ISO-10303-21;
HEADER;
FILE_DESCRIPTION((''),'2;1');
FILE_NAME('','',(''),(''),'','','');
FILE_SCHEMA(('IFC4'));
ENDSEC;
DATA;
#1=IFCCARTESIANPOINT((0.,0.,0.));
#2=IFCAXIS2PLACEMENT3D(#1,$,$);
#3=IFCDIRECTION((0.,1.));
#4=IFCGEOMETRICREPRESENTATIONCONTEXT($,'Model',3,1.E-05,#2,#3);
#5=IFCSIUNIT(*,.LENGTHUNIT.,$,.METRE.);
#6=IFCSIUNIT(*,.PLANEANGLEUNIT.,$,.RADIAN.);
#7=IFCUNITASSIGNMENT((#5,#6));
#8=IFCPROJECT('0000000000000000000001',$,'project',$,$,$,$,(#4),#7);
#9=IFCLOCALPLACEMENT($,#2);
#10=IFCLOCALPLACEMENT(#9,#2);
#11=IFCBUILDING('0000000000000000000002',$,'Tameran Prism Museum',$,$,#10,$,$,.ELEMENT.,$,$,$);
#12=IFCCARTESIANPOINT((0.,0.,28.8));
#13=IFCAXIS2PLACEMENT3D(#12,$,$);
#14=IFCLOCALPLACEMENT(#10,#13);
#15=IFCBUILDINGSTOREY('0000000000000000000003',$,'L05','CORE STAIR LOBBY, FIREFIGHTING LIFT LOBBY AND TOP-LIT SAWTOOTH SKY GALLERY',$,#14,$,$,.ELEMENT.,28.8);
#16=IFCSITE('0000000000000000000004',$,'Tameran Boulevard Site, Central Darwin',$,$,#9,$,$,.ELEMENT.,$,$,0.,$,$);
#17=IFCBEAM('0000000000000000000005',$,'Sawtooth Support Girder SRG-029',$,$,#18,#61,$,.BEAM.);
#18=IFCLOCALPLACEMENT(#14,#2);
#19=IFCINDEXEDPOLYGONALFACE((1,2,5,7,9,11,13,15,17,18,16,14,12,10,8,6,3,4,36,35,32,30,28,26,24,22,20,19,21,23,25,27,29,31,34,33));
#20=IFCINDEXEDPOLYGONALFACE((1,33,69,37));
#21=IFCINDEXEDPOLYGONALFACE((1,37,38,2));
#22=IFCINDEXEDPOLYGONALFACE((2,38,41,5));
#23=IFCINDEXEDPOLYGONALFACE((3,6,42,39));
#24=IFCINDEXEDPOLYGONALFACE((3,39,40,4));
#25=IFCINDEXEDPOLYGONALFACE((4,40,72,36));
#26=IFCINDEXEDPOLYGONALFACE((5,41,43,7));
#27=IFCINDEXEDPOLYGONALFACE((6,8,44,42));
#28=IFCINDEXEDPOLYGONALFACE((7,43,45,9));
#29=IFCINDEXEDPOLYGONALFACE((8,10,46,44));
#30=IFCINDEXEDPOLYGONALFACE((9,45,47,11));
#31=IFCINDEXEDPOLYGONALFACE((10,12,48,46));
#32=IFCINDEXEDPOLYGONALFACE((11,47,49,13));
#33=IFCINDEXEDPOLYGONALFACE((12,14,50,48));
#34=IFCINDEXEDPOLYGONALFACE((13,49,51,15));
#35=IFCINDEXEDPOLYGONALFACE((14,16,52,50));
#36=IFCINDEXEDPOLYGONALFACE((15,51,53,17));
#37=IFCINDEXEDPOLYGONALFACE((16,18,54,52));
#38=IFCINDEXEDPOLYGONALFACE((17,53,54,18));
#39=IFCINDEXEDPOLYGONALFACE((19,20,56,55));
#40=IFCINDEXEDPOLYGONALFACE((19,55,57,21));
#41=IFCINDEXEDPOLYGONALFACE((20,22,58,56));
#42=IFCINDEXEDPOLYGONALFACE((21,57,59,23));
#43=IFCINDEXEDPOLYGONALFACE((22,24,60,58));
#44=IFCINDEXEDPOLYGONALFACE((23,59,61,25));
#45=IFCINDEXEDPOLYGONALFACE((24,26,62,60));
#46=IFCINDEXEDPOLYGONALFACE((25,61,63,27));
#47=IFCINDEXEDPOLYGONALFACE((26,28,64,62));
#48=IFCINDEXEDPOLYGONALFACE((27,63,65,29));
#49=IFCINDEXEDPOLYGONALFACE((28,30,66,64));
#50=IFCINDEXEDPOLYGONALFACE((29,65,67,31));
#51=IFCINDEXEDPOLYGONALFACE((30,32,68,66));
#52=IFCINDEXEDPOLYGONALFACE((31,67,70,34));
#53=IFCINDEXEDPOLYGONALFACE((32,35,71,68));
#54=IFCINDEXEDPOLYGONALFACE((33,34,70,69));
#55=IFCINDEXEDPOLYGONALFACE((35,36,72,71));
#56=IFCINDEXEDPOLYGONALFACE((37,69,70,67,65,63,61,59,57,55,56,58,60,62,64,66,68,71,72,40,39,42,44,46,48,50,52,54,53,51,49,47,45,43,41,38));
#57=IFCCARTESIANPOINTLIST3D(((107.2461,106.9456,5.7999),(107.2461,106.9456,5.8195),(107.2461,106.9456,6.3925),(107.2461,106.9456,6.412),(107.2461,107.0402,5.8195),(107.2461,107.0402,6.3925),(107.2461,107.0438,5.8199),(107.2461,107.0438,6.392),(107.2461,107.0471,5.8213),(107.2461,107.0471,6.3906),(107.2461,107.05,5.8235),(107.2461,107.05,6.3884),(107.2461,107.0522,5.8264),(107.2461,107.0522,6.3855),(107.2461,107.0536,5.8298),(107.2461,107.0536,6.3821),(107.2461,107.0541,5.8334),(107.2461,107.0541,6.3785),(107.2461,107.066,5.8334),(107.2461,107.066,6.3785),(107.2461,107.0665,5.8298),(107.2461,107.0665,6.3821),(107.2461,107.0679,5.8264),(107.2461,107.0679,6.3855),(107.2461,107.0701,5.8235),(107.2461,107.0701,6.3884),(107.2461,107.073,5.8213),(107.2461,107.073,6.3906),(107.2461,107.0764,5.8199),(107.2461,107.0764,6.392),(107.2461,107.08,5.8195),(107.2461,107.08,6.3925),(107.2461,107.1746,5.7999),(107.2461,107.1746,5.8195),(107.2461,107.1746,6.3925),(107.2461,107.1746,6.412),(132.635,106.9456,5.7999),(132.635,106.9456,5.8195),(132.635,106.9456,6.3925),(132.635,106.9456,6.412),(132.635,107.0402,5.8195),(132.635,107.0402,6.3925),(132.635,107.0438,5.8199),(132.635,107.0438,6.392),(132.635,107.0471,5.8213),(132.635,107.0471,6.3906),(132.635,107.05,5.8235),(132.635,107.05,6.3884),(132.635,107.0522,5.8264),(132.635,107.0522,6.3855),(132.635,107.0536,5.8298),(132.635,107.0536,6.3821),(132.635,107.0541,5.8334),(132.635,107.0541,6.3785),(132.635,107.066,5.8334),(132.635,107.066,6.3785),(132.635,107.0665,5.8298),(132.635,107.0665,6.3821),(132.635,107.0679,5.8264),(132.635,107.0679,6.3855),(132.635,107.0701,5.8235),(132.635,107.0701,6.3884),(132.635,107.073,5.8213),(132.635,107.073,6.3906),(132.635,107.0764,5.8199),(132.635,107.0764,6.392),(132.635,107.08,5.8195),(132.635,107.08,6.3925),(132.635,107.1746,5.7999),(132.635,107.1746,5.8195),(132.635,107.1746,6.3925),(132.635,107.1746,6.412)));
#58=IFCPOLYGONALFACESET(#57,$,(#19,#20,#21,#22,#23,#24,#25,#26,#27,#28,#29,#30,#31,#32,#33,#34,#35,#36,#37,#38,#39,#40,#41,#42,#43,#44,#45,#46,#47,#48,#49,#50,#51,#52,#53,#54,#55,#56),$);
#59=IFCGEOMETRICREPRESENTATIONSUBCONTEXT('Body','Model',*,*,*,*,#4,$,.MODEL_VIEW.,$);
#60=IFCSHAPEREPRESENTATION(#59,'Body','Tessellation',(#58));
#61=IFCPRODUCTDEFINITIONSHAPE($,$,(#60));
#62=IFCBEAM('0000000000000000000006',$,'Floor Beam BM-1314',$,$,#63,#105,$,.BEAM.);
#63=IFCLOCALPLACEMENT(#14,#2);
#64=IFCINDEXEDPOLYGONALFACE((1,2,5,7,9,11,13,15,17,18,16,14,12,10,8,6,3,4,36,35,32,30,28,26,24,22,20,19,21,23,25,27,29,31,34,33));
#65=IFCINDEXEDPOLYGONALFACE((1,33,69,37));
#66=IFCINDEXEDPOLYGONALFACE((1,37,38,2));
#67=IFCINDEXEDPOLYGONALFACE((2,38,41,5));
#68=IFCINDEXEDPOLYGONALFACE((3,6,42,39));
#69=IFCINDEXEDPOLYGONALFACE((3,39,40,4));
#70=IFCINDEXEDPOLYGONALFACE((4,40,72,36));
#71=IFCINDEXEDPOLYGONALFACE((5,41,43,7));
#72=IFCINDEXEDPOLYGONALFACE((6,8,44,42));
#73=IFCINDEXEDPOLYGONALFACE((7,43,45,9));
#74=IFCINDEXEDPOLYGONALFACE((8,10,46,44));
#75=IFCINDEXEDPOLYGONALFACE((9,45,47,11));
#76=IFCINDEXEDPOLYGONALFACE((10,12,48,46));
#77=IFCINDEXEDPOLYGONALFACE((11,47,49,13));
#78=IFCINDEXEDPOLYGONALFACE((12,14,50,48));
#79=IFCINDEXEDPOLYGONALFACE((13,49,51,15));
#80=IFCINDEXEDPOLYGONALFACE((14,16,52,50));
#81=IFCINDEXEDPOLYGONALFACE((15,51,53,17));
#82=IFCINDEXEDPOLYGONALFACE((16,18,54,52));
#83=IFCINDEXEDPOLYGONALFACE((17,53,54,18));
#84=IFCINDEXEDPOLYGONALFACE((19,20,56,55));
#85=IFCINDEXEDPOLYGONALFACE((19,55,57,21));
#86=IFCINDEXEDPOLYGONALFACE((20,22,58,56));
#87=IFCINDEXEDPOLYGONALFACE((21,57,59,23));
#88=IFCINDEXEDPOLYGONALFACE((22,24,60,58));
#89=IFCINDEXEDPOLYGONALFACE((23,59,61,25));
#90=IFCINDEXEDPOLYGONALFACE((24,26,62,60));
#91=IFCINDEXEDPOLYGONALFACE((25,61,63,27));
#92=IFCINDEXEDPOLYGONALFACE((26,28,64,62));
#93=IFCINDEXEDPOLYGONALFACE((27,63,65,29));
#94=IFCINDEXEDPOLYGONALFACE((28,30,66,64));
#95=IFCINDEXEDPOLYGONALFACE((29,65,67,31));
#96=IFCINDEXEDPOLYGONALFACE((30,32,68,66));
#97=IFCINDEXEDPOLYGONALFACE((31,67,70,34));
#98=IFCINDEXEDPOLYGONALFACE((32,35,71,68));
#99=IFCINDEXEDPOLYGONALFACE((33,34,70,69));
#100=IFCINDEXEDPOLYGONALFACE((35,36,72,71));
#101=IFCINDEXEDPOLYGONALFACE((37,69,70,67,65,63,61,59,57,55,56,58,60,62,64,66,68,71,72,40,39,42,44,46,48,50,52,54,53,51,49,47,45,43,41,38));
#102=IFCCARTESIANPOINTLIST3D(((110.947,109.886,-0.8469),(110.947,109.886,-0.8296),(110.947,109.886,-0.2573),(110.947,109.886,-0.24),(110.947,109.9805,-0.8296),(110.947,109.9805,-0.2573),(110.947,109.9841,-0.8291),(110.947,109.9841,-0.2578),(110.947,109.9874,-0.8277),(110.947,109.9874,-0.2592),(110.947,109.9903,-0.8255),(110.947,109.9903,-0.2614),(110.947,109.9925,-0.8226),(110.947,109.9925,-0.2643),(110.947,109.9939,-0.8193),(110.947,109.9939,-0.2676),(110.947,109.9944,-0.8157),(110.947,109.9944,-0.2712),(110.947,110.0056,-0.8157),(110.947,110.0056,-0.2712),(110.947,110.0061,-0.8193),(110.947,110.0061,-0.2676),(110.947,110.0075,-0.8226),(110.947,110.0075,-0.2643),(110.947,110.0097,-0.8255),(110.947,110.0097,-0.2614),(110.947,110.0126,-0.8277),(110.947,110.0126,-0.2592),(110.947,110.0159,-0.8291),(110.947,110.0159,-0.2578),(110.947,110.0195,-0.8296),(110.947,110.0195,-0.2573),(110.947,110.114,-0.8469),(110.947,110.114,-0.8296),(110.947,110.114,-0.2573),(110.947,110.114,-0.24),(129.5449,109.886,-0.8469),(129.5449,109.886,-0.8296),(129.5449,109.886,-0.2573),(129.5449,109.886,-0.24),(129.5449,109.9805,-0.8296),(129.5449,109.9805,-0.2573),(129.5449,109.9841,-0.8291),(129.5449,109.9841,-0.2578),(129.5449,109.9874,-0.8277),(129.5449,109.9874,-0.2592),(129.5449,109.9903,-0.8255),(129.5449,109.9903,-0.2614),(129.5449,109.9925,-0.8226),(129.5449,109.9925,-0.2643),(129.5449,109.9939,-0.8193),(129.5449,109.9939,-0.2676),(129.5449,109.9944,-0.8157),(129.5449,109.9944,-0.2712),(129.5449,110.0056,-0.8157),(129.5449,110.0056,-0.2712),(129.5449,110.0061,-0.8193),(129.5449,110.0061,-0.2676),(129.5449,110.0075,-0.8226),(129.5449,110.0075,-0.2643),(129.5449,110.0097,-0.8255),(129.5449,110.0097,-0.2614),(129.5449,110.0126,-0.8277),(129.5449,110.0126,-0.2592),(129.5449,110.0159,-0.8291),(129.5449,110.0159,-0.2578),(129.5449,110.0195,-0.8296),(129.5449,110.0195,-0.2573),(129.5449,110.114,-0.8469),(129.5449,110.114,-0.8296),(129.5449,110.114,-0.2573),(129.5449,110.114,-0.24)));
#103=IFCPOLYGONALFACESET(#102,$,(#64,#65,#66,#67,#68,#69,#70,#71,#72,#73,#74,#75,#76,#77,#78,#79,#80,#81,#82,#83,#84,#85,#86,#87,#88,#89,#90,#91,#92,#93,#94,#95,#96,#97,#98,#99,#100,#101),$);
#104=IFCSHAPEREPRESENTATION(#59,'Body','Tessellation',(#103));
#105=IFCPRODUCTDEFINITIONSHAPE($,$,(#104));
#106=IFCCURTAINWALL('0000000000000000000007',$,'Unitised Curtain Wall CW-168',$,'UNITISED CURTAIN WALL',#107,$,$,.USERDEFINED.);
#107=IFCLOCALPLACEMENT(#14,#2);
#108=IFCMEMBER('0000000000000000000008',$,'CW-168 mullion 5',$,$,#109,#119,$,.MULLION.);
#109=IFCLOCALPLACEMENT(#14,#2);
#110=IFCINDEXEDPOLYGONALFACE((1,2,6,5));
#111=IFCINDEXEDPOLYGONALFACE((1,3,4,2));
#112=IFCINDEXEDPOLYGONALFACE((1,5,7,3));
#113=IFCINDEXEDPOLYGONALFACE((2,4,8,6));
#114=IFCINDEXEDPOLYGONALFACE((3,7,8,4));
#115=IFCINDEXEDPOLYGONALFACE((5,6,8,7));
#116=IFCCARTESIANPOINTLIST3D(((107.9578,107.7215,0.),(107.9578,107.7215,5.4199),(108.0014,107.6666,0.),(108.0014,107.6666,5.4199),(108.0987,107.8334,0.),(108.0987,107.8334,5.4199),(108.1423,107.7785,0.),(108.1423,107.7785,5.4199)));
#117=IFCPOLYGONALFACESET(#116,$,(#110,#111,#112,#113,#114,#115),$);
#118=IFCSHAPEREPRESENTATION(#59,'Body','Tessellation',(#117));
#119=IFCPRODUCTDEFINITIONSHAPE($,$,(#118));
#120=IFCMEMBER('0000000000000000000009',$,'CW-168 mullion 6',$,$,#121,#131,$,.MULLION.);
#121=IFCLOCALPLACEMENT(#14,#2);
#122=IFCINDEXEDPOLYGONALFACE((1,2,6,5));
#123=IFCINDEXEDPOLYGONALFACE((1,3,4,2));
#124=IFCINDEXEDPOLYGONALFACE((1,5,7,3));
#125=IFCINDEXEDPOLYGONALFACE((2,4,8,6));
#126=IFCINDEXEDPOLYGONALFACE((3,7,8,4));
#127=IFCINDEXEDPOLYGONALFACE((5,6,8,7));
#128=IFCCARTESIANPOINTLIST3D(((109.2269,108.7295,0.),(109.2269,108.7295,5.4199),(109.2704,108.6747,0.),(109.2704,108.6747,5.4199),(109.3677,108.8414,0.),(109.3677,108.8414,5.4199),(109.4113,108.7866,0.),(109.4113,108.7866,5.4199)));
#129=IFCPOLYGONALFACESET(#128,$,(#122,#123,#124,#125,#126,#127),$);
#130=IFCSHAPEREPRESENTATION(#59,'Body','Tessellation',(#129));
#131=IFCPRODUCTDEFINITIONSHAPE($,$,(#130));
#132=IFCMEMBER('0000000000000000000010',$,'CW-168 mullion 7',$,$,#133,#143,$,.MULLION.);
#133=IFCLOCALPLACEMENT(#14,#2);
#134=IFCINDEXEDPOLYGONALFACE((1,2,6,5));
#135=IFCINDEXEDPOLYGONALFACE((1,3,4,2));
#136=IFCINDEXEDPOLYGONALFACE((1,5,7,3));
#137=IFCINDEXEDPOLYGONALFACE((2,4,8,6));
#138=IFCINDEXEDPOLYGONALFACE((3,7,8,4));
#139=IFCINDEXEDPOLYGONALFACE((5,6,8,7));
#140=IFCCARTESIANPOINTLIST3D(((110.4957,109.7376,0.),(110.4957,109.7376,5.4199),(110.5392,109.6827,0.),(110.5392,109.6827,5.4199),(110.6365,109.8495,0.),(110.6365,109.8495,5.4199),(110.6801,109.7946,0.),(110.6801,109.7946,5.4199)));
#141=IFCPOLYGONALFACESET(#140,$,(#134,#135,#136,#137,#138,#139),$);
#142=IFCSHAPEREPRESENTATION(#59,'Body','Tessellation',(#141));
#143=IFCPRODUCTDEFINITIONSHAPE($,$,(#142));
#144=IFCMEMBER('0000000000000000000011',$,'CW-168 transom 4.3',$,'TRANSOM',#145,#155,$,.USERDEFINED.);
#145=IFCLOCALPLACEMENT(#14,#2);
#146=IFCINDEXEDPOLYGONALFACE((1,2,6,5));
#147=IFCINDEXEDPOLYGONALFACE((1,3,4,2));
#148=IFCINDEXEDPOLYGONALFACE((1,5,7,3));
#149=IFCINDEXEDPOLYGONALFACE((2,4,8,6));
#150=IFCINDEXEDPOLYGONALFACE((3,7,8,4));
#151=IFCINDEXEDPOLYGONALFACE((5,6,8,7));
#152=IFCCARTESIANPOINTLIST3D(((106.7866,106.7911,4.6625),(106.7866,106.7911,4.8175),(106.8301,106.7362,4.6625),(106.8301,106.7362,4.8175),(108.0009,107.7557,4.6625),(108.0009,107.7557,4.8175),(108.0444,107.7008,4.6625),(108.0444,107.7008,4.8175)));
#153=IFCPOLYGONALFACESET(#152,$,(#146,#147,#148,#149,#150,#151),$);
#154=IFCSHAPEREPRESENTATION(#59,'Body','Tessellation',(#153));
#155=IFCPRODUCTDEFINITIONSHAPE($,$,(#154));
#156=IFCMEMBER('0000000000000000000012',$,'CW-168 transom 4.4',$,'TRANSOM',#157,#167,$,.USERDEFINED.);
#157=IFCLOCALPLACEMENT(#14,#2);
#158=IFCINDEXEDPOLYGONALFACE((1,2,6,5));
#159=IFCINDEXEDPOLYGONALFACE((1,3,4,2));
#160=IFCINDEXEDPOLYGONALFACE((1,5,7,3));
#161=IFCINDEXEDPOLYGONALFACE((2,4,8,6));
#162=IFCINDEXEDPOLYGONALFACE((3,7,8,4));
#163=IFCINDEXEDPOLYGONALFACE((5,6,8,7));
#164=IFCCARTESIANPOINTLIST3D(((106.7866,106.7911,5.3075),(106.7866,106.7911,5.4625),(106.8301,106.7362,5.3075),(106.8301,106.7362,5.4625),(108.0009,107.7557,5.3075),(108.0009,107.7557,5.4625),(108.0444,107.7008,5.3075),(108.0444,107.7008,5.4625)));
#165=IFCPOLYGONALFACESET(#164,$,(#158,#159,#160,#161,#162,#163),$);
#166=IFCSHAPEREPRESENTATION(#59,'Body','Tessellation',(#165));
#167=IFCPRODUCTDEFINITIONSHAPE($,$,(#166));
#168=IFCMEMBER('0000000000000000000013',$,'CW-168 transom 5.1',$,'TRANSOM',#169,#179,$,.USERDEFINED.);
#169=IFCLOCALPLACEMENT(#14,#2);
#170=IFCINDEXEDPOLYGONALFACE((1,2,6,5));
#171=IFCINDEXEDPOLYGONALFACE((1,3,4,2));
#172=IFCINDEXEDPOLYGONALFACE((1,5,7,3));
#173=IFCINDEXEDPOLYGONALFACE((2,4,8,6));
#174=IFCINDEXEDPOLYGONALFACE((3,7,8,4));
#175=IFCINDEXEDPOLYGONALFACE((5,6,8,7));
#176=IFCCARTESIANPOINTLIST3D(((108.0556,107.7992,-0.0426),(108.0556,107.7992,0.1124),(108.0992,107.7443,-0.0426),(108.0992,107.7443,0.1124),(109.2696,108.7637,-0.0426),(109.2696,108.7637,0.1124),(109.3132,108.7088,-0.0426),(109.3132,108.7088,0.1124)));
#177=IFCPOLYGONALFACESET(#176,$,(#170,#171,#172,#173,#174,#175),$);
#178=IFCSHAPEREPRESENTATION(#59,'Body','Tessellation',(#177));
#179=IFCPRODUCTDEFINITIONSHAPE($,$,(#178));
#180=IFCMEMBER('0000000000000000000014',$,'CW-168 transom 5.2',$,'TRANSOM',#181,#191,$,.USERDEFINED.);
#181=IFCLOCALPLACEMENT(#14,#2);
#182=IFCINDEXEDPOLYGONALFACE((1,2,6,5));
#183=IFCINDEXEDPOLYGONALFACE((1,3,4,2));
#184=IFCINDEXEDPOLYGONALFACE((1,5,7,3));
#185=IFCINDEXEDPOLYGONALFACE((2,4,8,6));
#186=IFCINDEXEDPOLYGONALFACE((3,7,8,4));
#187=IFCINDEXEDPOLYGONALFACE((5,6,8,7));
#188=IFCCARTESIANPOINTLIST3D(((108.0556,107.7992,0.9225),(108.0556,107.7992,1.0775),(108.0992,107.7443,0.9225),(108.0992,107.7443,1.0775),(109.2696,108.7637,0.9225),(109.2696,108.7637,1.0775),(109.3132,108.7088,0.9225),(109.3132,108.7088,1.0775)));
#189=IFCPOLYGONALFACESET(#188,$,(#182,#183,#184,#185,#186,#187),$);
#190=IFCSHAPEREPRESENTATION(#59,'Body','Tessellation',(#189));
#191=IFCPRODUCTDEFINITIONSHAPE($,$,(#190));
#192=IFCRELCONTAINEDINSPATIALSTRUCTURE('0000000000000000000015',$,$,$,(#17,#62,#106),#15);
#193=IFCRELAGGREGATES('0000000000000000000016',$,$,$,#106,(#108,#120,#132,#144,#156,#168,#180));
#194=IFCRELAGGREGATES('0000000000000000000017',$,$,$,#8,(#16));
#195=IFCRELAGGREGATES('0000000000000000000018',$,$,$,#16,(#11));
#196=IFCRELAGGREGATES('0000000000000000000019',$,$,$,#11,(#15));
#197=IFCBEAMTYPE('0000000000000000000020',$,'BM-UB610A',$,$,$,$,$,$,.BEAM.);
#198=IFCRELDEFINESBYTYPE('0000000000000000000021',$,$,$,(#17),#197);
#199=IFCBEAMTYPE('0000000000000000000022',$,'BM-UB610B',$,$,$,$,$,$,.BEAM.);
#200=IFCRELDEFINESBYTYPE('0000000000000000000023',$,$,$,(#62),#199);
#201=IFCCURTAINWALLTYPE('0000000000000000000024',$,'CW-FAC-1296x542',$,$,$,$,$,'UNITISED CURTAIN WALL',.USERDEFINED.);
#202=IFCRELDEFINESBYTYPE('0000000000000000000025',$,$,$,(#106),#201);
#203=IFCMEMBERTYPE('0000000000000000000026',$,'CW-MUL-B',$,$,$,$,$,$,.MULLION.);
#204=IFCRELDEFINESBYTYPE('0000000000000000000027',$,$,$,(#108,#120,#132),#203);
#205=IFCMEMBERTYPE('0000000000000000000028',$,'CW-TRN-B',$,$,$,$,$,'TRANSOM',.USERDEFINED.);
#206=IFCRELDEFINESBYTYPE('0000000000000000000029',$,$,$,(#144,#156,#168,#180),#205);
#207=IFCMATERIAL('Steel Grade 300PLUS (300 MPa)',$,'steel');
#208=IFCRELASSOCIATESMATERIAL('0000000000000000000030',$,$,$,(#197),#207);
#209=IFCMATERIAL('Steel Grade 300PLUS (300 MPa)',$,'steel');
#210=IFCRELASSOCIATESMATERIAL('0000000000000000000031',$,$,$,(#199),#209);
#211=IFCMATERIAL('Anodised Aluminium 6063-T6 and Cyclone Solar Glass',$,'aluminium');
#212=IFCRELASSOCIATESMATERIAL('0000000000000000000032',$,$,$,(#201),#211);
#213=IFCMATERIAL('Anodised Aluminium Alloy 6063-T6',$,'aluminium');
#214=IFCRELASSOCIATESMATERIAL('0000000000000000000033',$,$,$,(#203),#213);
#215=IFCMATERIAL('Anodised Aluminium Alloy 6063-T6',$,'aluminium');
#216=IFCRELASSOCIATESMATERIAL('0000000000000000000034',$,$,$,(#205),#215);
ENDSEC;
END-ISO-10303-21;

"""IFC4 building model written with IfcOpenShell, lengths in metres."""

from ifc_helpers import new_model, si_unit, direction, frame, origin, origin_2d, place, context, subcontext, project, spatial, rectangle, i_section, extrude, material, material_profile, profile_set, type_object, element, aggregate, save


model = new_model("IFC4")

# Units and contexts
model_context = context("Model", 3, precision=1e-05, world=origin(), true_north=direction((0.0, 1.0)))
body_context = subcontext(model_context, "Body", "Model", "MODEL_VIEW")
ifc_project = project(units=[si_unit("LENGTHUNIT", "METRE"), si_unit("PLANEANGLEUNIT", "RADIAN")], contexts=[model_context])

# Site, building, storey
site_placement = place(None, origin())
site = spatial("IfcSite", under=ifc_project, at=site_placement, Name="Tameran Boulevard Site, Central Darwin", CompositionType="ELEMENT", RefElevation=0.0)
building_placement = place(site_placement, origin())
building = spatial("IfcBuilding", under=site, at=building_placement, Name="Tameran Prism Museum", CompositionType="ELEMENT")
storey_placement = place(building_placement, frame((0.0, 0.0, 28.8)))
storey = spatial("IfcBuildingStorey", under=building, at=storey_placement, Name="L05", Description="CORE STAIR LOBBY, FIREFIGHTING LIFT LOBBY AND TOP-LIT SAWTOOTH SKY GALLERY", CompositionType="ELEMENT", Elevation=28.8)

# Beams
ifc_material_1 = material(Name="Steel Grade 300PLUS (300 MPa)", Category="steel")
ifc_material_profile_1 = material_profile(ifc_material_1, i_section(OverallWidth=0.229, OverallDepth=0.6121, WebThickness=0.012, FlangeThickness=0.0195, FilletRadius=0.0139, at=origin_2d()))
ifc_profile_set_1 = profile_set([ifc_material_profile_1])
beam_type_1 = type_object("IfcBeamType", Name="BM-UB610A", PredefinedType="BEAM", material=ifc_profile_set_1)
beam_1_placement = place(storey_placement, frame((107.2461, 107.0601, 6.106), z_axis=(1.0, 0.0, 0.0), x_axis=(0.0, 1.0, 0.0)))
element("IfcBeam", 1, at=beam_1_placement, inside=storey, type_object=beam_type_1, Name="Sawtooth Support Girder SRG-029", PredefinedType="BEAM", context=body_context, shape_type="SweptSolid", body=[
    extrude(i_section(OverallWidth=0.229, OverallDepth=0.6121, WebThickness=0.012, FlangeThickness=0.0195, FilletRadius=0.0139, at=origin_2d()), origin(), (0.0, 0.0, 1.0), 25.3889),
])
ifc_material_2 = material(Name="Steel Grade 300PLUS (300 MPa)", Category="steel")
ifc_material_profile_2 = material_profile(ifc_material_2, i_section(OverallWidth=0.228, OverallDepth=0.6069, WebThickness=0.0112, FlangeThickness=0.0173, FilletRadius=0.0139, at=origin_2d()))
ifc_profile_set_2 = profile_set([ifc_material_profile_2])
beam_type_2 = type_object("IfcBeamType", Name="BM-UB610B", PredefinedType="BEAM", material=ifc_profile_set_2)
beam_2_placement = place(storey_placement, frame((110.947, 110.0, -0.5435), z_axis=(1.0, 0.0, 0.0), x_axis=(0.0, 1.0, 0.0)))
element("IfcBeam", 2, at=beam_2_placement, inside=storey, type_object=beam_type_2, Name="Floor Beam BM-1314", PredefinedType="BEAM", context=body_context, shape_type="SweptSolid", body=[
    extrude(i_section(OverallWidth=0.228, OverallDepth=0.6069, WebThickness=0.0112, FlangeThickness=0.0173, FilletRadius=0.0139, at=origin_2d()), origin(), (0.0, 0.0, 1.0), 18.5979),
])

# Curtain wall, members
ifc_material_3 = material(Name="Anodised Aluminium 6063-T6 and Cyclone Solar Glass", Category="aluminium")
curtain_wall_type = type_object("IfcCurtainWallType", Name="CW-FAC-1296x542", ElementType="UNITISED CURTAIN WALL", PredefinedType="USERDEFINED", material=ifc_material_3)
curtain_wall_placement = place(storey_placement, origin())
curtain_wall = element("IfcCurtainWall", 3, at=curtain_wall_placement, inside=storey, type_object=curtain_wall_type, Name="Unitised Curtain Wall CW-168", ObjectType="UNITISED CURTAIN WALL", PredefinedType="USERDEFINED")
ifc_material_4 = material(Name="Anodised Aluminium Alloy 6063-T6", Category="aluminium")
ifc_material_profile_3 = material_profile(ifc_material_4, rectangle(XDim=0.0701, YDim=0.1799, at=origin_2d()))
ifc_profile_set_3 = profile_set([ifc_material_profile_3])
member_type_1 = type_object("IfcMemberType", Name="CW-MUL-B", PredefinedType="MULLION", material=ifc_profile_set_3)
member_1_placement = place(storey_placement, frame((108.05, 107.75, 0.0), z_axis=(0.0, 0.0, 1.0), x_axis=(-0.621982, 0.783031, 0.0)))
member_1 = element("IfcMember", 4, at=member_1_placement, type_object=member_type_1, Name="CW-168 mullion 5", PredefinedType="MULLION", context=body_context, shape_type="SweptSolid", body=[
    extrude(rectangle(XDim=0.0701, YDim=0.1799, at=origin_2d()), origin(), (0.0, 0.0, 1.0), 5.4199),
])
member_2_placement = place(storey_placement, frame((109.3191, 108.7581, 0.0), z_axis=(0.0, 0.0, 1.0), x_axis=(-0.621982, 0.783031, 0.0)))
member_2 = element("IfcMember", 5, at=member_2_placement, type_object=member_type_1, Name="CW-168 mullion 6", PredefinedType="MULLION", context=body_context, shape_type="SweptSolid", body=[
    extrude(rectangle(XDim=0.0701, YDim=0.1799, at=origin_2d()), origin(), (0.0, 0.0, 1.0), 5.4199),
])
member_3_placement = place(storey_placement, frame((110.5879, 109.7661, 0.0), z_axis=(0.0, 0.0, 1.0), x_axis=(-0.621982, 0.783031, 0.0)))
member_3 = element("IfcMember", 6, at=member_3_placement, type_object=member_type_1, Name="CW-168 mullion 7", PredefinedType="MULLION", context=body_context, shape_type="SweptSolid", body=[
    extrude(rectangle(XDim=0.0701, YDim=0.1799, at=origin_2d()), origin(), (0.0, 0.0, 1.0), 5.4199),
])
ifc_material_5 = material(Name="Anodised Aluminium Alloy 6063-T6", Category="aluminium")
ifc_material_profile_4 = material_profile(ifc_material_5, rectangle(XDim=0.0701, YDim=0.155, at=origin_2d()))
ifc_profile_set_4 = profile_set([ifc_material_profile_4])
member_type_2 = type_object("IfcMemberType", Name="CW-TRN-B", ElementType="TRANSOM", PredefinedType="USERDEFINED", material=ifc_profile_set_4)
member_4_placement = place(storey_placement, frame((106.8083, 106.7637, 4.74), z_axis=(0.78303, 0.621984, 0.0), x_axis=(-0.621984, 0.78303, 0.0)))
member_4 = element("IfcMember", 7, at=member_4_placement, type_object=member_type_2, Name="CW-168 transom 4.3", ObjectType="TRANSOM", PredefinedType="USERDEFINED", context=body_context, shape_type="SweptSolid", body=[
    extrude(rectangle(XDim=0.0701, YDim=0.155, at=origin_2d()), origin(), (0.0, 0.0, 1.0), 1.5508),
])
member_5_placement = place(storey_placement, frame((106.8083, 106.7637, 5.385), z_axis=(0.78303, 0.621984, 0.0), x_axis=(-0.621984, 0.78303, 0.0)))
member_5 = element("IfcMember", 8, at=member_5_placement, type_object=member_type_2, Name="CW-168 transom 4.4", ObjectType="TRANSOM", PredefinedType="USERDEFINED", context=body_context, shape_type="SweptSolid", body=[
    extrude(rectangle(XDim=0.0701, YDim=0.155, at=origin_2d()), origin(), (0.0, 0.0, 1.0), 1.5508),
])
member_6_placement = place(storey_placement, frame((108.0774, 107.7717, 0.0349), z_axis=(0.782969, 0.622061, 0.0), x_axis=(-0.622061, 0.782969, 0.0)))
member_6 = element("IfcMember", 9, at=member_6_placement, type_object=member_type_2, Name="CW-168 transom 5.1", ObjectType="TRANSOM", PredefinedType="USERDEFINED", context=body_context, shape_type="SweptSolid", body=[
    extrude(rectangle(XDim=0.0701, YDim=0.155, at=origin_2d()), origin(), (0.0, 0.0, 1.0), 1.5505),
])
member_7_placement = place(storey_placement, frame((108.0774, 107.7717, 1.0), z_axis=(0.782969, 0.622061, 0.0), x_axis=(-0.622061, 0.782969, 0.0)))
member_7 = element("IfcMember", 10, at=member_7_placement, type_object=member_type_2, Name="CW-168 transom 5.2", ObjectType="TRANSOM", PredefinedType="USERDEFINED", context=body_context, shape_type="SweptSolid", body=[
    extrude(rectangle(XDim=0.0701, YDim=0.155, at=origin_2d()), origin(), (0.0, 0.0, 1.0), 1.5505),
])
aggregate(curtain_wall, [member_1, member_2, member_3, member_4, member_5, member_6, member_7])

save(model, "model.ifc")
